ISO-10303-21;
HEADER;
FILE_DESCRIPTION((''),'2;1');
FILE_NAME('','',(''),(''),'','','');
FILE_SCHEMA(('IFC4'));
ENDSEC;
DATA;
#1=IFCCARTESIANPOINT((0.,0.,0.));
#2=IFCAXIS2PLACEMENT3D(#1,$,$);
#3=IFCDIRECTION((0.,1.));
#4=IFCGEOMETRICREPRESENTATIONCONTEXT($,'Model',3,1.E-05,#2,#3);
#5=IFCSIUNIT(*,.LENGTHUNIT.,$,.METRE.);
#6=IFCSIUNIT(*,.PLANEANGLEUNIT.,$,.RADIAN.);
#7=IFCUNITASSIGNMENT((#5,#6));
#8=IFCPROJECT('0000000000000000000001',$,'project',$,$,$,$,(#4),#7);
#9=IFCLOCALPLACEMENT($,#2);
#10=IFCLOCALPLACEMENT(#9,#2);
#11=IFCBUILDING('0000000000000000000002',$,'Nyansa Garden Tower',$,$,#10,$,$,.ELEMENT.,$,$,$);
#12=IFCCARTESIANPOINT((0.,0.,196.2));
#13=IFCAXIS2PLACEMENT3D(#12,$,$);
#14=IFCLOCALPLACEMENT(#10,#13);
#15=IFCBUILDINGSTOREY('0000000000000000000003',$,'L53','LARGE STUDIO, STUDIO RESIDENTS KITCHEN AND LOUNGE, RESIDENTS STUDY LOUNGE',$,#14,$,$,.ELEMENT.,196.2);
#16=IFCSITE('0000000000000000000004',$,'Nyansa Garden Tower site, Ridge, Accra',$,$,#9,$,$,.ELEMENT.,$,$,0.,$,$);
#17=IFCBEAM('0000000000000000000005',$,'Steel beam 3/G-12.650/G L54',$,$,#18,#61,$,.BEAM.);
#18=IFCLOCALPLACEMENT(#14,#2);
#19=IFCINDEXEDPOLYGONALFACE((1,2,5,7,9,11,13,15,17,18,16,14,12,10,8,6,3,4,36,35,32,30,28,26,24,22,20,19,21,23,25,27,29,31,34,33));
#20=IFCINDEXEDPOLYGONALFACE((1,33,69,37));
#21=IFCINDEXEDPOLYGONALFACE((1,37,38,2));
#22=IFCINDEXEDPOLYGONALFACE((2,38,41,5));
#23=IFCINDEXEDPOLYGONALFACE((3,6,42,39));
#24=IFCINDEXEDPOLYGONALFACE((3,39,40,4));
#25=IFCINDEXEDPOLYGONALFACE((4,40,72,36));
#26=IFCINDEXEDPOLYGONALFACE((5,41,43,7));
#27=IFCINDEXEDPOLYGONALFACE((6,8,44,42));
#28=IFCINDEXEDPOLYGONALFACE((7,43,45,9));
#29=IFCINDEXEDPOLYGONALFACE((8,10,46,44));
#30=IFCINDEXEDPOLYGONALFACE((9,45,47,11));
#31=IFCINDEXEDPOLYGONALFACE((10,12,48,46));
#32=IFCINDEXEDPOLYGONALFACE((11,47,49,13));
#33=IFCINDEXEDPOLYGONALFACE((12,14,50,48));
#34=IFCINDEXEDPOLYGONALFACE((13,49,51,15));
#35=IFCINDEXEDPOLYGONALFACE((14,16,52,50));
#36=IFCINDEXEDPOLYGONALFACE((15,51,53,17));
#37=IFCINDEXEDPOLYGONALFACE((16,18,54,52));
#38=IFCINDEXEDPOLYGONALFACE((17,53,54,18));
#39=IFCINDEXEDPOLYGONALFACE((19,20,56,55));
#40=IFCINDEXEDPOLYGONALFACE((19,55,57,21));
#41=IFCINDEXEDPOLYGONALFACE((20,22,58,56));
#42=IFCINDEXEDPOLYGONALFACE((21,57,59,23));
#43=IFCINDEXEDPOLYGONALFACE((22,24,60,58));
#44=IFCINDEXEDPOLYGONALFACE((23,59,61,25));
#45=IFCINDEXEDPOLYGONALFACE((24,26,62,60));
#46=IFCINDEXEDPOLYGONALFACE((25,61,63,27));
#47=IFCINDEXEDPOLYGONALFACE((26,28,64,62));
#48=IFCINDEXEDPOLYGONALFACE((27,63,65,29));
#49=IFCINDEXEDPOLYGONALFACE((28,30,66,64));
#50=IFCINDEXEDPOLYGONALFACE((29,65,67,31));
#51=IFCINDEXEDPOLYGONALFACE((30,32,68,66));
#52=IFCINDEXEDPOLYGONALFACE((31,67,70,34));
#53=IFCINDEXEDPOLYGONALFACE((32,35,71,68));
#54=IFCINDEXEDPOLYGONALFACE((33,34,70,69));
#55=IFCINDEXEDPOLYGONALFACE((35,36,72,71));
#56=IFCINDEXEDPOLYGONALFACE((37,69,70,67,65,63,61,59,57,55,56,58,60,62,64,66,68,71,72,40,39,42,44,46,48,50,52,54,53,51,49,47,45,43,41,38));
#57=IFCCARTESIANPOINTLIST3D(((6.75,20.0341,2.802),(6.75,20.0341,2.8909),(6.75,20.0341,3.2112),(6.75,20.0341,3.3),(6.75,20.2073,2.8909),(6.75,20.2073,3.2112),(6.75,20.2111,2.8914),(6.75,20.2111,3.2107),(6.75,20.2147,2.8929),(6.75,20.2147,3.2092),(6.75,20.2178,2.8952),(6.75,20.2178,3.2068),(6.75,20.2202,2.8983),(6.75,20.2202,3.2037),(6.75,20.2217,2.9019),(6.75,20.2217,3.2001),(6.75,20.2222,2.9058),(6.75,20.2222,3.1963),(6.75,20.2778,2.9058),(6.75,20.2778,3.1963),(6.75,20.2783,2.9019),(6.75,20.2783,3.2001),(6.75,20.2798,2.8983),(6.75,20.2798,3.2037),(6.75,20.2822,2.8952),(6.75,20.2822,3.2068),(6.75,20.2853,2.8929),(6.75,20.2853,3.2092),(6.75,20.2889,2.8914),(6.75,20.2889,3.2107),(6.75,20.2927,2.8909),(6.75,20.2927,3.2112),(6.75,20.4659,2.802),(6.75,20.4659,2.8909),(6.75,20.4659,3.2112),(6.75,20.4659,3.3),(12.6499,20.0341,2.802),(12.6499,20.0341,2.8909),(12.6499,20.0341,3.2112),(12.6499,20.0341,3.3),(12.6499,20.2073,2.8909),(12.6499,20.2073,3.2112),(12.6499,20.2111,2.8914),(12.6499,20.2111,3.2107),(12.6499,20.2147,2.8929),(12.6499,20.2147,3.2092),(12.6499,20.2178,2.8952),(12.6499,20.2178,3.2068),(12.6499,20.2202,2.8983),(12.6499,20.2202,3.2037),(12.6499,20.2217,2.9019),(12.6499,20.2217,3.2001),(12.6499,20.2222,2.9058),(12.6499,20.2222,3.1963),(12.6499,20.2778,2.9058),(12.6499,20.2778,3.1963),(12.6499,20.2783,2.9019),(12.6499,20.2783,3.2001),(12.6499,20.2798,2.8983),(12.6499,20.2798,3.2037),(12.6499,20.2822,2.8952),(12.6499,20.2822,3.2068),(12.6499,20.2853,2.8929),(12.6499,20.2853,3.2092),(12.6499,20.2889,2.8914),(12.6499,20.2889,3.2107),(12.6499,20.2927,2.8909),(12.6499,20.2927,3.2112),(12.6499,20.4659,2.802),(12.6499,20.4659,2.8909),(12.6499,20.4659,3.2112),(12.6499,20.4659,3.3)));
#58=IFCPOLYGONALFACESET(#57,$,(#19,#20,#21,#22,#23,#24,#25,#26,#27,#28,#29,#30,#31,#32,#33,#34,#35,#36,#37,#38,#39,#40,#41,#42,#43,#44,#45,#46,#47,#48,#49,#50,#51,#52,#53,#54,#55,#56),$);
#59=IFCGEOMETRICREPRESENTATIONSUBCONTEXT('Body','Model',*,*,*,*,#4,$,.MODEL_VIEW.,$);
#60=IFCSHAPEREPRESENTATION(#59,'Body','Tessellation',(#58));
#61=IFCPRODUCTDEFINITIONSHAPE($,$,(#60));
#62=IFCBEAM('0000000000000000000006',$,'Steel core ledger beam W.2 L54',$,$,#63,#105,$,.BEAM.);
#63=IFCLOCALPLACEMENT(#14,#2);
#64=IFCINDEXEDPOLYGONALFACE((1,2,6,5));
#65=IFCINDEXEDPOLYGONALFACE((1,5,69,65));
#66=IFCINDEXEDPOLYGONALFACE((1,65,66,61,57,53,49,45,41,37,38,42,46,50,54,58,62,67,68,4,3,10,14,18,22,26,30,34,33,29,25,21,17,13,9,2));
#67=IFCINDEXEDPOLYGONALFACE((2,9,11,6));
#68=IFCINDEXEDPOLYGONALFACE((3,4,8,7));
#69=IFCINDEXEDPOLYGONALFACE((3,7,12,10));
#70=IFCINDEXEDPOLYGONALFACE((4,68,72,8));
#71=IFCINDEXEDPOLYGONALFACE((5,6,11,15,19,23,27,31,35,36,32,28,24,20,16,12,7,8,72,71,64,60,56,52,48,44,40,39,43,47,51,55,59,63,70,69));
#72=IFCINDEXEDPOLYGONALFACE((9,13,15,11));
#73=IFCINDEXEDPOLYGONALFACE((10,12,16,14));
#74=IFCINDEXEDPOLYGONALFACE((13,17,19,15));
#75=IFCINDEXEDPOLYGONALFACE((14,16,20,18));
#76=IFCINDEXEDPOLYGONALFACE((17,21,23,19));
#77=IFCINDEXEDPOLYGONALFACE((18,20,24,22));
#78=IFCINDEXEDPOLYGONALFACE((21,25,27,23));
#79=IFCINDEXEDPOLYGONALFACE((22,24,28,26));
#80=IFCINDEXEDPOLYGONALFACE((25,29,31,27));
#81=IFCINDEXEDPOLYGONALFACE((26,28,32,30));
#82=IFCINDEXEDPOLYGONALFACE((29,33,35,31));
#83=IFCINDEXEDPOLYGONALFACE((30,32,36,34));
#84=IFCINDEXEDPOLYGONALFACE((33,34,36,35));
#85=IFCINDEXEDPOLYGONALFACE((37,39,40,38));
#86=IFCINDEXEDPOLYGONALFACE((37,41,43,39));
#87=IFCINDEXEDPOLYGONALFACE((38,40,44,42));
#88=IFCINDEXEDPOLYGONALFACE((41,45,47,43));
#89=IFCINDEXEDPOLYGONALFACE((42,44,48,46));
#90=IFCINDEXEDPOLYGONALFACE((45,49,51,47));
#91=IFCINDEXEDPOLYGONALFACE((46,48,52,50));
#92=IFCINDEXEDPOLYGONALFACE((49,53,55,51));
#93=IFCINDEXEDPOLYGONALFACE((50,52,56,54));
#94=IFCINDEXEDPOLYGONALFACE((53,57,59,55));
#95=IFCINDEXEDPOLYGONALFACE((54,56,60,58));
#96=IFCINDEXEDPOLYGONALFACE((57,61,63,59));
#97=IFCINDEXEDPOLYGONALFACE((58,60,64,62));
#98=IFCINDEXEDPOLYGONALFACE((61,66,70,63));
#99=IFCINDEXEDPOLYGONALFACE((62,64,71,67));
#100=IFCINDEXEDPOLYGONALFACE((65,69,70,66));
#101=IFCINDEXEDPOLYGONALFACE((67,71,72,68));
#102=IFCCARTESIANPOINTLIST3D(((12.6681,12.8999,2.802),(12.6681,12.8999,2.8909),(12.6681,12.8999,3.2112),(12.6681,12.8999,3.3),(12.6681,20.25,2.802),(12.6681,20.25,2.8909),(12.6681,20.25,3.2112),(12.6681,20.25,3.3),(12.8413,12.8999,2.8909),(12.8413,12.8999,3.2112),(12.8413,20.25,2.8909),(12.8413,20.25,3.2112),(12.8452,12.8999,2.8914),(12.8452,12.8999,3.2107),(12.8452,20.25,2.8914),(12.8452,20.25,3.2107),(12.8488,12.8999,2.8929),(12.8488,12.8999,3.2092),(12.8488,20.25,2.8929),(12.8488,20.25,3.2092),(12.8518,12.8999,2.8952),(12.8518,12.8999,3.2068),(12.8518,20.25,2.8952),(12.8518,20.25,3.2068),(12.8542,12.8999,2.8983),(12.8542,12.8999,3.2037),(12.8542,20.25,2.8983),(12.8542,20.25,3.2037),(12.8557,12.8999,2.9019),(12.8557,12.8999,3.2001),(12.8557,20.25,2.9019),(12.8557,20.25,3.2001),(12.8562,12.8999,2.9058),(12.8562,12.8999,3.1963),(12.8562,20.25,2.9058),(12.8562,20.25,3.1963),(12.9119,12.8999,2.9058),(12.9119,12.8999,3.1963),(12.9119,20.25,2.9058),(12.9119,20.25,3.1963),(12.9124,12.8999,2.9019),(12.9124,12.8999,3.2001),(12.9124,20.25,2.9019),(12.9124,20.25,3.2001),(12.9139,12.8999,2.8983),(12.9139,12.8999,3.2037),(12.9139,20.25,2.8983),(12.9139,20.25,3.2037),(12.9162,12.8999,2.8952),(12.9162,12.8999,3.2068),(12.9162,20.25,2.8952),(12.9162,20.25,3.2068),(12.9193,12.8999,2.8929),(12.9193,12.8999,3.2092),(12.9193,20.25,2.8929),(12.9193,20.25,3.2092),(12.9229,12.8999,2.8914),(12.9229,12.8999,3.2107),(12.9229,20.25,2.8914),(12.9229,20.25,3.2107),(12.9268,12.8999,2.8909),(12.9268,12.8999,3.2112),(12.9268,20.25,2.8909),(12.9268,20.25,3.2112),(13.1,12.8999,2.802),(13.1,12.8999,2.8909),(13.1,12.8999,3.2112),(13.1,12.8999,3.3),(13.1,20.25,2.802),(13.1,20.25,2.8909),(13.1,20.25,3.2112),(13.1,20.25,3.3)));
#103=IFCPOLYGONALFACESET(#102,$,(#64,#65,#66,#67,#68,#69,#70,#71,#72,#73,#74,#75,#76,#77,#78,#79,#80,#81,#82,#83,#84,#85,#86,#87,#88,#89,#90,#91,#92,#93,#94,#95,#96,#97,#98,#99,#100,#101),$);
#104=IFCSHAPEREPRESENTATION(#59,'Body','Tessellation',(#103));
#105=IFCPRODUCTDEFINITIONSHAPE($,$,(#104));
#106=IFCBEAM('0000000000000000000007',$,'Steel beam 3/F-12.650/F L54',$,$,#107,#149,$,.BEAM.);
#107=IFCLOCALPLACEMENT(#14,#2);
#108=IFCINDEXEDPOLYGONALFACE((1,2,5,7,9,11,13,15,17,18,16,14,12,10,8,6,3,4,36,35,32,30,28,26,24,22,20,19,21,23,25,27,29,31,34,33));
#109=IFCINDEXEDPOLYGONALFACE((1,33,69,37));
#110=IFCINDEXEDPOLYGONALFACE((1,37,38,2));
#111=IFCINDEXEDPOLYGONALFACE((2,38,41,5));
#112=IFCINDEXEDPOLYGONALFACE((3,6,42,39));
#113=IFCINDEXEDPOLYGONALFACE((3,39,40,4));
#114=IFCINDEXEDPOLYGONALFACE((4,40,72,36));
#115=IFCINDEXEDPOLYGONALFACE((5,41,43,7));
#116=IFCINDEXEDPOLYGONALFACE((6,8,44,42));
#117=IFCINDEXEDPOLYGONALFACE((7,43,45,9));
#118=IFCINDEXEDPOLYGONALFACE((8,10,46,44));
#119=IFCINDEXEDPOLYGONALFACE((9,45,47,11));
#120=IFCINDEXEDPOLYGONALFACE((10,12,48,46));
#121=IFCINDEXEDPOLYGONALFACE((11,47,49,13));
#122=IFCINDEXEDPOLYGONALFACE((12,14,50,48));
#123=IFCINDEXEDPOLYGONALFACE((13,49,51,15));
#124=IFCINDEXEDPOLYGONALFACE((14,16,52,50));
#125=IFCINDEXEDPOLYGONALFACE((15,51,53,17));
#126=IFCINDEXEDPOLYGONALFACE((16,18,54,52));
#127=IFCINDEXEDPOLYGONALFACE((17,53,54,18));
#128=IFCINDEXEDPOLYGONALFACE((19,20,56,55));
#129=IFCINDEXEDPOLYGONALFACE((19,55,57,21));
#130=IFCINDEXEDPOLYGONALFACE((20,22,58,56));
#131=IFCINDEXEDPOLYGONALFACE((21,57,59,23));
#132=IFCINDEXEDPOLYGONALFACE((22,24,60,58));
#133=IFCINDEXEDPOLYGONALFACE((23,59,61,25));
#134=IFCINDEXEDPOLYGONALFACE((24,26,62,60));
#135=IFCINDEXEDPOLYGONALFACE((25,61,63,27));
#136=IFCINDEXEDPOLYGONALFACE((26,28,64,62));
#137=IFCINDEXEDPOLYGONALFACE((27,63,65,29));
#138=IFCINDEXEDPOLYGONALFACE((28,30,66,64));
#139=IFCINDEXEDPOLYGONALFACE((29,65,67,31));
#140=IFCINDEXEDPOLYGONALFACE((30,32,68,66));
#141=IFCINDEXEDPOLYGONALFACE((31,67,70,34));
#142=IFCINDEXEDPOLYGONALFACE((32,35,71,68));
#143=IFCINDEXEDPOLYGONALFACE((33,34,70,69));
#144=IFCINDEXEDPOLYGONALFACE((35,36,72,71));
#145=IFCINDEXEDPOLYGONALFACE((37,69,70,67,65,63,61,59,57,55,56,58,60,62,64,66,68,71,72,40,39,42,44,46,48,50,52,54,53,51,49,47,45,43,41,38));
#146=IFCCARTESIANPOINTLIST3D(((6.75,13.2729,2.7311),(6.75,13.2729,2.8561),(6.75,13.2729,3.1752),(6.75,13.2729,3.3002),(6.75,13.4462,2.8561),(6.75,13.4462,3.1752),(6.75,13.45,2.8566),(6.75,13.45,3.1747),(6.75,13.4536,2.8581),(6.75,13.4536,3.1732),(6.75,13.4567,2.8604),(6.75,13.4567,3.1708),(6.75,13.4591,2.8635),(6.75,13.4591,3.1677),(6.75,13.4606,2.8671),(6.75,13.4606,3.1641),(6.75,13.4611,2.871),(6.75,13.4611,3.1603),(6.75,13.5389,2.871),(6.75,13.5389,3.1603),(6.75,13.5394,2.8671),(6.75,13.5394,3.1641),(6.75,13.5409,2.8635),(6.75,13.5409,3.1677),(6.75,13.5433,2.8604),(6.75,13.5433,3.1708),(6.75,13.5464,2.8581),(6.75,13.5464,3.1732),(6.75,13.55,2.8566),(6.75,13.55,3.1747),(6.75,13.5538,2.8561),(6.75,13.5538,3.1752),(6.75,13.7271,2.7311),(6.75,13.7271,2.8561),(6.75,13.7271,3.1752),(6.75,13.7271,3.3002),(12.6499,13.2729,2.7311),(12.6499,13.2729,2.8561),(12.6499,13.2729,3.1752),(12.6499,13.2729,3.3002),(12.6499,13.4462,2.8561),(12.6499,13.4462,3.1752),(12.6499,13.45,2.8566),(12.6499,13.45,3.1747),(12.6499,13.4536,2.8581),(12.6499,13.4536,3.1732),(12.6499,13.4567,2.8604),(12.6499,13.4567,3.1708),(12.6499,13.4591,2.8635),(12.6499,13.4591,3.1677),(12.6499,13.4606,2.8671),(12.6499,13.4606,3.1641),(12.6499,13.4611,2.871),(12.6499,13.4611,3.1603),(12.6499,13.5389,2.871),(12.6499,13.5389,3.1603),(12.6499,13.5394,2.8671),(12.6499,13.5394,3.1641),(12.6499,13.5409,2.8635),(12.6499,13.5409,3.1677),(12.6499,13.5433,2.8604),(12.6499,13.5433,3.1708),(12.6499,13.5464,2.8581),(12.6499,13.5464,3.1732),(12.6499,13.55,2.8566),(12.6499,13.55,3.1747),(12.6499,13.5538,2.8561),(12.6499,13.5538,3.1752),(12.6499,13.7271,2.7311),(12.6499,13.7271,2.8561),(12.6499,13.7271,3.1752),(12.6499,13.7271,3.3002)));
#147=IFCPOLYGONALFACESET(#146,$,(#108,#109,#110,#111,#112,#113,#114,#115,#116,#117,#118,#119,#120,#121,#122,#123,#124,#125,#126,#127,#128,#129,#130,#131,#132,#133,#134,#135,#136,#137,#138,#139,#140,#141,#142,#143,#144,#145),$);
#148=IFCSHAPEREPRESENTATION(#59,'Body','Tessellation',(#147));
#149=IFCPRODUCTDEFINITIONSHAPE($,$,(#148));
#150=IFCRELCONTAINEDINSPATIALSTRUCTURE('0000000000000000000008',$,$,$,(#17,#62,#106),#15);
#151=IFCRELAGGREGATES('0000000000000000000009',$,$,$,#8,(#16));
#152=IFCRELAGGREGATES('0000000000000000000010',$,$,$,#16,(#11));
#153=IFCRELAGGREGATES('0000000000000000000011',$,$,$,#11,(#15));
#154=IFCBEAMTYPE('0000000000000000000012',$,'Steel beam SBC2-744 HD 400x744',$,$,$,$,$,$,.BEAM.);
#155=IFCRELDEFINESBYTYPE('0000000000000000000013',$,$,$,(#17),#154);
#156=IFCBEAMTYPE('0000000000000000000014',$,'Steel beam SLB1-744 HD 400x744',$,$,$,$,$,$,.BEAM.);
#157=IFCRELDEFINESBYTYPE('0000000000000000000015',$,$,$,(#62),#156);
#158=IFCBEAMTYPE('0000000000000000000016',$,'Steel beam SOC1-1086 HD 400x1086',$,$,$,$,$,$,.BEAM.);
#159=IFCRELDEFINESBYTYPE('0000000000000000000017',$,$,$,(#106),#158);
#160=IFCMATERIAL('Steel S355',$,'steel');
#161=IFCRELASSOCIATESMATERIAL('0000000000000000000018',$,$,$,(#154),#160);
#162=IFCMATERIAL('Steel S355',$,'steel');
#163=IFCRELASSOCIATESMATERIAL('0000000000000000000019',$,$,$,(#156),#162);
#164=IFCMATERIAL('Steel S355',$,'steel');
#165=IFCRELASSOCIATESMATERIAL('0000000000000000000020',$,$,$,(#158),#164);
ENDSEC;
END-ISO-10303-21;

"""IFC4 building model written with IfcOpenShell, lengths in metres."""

from ifc_helpers import new_model, si_unit, direction, frame, origin, origin_2d, place, context, subcontext, project, spatial, i_section, extrude, material, material_profile, profile_set, type_object, element, save


model = new_model("IFC4")

# Units and contexts
model_context = context("Model", 3, precision=1e-05, world=origin(), true_north=direction((0.0, 1.0)))
body_context = subcontext(model_context, "Body", "Model", "MODEL_VIEW")
ifc_project = project(units=[si_unit("LENGTHUNIT", "METRE"), si_unit("PLANEANGLEUNIT", "RADIAN")], contexts=[model_context])

# Site, building, storey
site_placement = place(None, origin())
site = spatial("IfcSite", under=ifc_project, at=site_placement, Name="Nyansa Garden Tower site, Ridge, Accra", CompositionType="ELEMENT", RefElevation=0.0)
building_placement = place(site_placement, origin())
building = spatial("IfcBuilding", under=site, at=building_placement, Name="Nyansa Garden Tower", CompositionType="ELEMENT")
storey_placement = place(building_placement, frame((0.0, 0.0, 196.2)))
storey = spatial("IfcBuildingStorey", under=building, at=storey_placement, Name="L53", Description="LARGE STUDIO, STUDIO RESIDENTS KITCHEN AND LOUNGE, RESIDENTS STUDY LOUNGE", CompositionType="ELEMENT", Elevation=196.2)

# Beams
ifc_material_1 = material(Name="Steel S355", Category="steel")
ifc_material_profile_1 = material_profile(ifc_material_1, i_section(OverallWidth=0.4319, OverallDepth=0.498, WebThickness=0.0557, FlangeThickness=0.0889, FilletRadius=0.0149, at=origin_2d()), Name="HD 400x744")
ifc_profile_set_1 = profile_set([ifc_material_profile_1], Name="Steel S355")
beam_type_1 = type_object("IfcBeamType", Name="Steel beam SBC2-744 HD 400x744", PredefinedType="BEAM", material=ifc_profile_set_1)
beam_1_placement = place(storey_placement, frame((6.75, 20.25, 3.051), z_axis=(1.0, 0.0, 0.0), x_axis=(0.0, 1.0, 0.0)))
element("IfcBeam", 1, at=beam_1_placement, inside=storey, type_object=beam_type_1, Name="Steel beam 3/G-12.650/G L54", PredefinedType="BEAM", context=body_context, shape_type="SweptSolid", body=[
    extrude(i_section(OverallWidth=0.4319, OverallDepth=0.498, WebThickness=0.0557, FlangeThickness=0.0889, FilletRadius=0.0149, at=origin_2d()), origin(), (0.0, 0.0, 1.0), 5.8999),
])
ifc_material_2 = material(Name="Steel S355", Category="steel")
ifc_material_profile_2 = material_profile(ifc_material_2, i_section(OverallWidth=0.4319, OverallDepth=0.498, WebThickness=0.0557, FlangeThickness=0.0889, FilletRadius=0.0149, at=origin_2d()), Name="HD 400x744")
ifc_profile_set_2 = profile_set([ifc_material_profile_2], Name="Steel S355")
beam_type_2 = type_object("IfcBeamType", Name="Steel beam SLB1-744 HD 400x744", PredefinedType="BEAM", material=ifc_profile_set_2)
beam_2_placement = place(storey_placement, frame((12.884, 20.25, 3.051), z_axis=(0.0, -1.0, 0.0), x_axis=(1.0, 0.0, 0.0)))
element("IfcBeam", 2, at=beam_2_placement, inside=storey, type_object=beam_type_2, Name="Steel core ledger beam W.2 L54", PredefinedType="BEAM", context=body_context, shape_type="SweptSolid", body=[
    extrude(i_section(OverallWidth=0.4319, OverallDepth=0.498, WebThickness=0.0557, FlangeThickness=0.0889, FilletRadius=0.0149, at=origin_2d()), origin(), (0.0, 0.0, 1.0), 7.3501),
])
ifc_material_3 = material(Name="Steel S355", Category="steel")
ifc_material_profile_3 = material_profile(ifc_material_3, i_section(OverallWidth=0.4541, OverallDepth=0.5691, WebThickness=0.0779, FlangeThickness=0.125, FilletRadius=0.0149, at=origin_2d()), Name="HD 400x1086")
ifc_profile_set_3 = profile_set([ifc_material_profile_3], Name="Steel S355")
beam_type_3 = type_object("IfcBeamType", Name="Steel beam SOC1-1086 HD 400x1086", PredefinedType="BEAM", material=ifc_profile_set_3)
beam_3_placement = place(storey_placement, frame((6.75, 13.5, 3.0156), z_axis=(1.0, 0.0, 0.0), x_axis=(0.0, 1.0, 0.0)))
element("IfcBeam", 3, at=beam_3_placement, inside=storey, type_object=beam_type_3, Name="Steel beam 3/F-12.650/F L54", PredefinedType="BEAM", context=body_context, shape_type="SweptSolid", body=[
    extrude(i_section(OverallWidth=0.4541, OverallDepth=0.5691, WebThickness=0.0779, FlangeThickness=0.125, FilletRadius=0.0149, at=origin_2d()), origin(), (0.0, 0.0, 1.0), 5.8999),
])

save(model, "model.ifc")
